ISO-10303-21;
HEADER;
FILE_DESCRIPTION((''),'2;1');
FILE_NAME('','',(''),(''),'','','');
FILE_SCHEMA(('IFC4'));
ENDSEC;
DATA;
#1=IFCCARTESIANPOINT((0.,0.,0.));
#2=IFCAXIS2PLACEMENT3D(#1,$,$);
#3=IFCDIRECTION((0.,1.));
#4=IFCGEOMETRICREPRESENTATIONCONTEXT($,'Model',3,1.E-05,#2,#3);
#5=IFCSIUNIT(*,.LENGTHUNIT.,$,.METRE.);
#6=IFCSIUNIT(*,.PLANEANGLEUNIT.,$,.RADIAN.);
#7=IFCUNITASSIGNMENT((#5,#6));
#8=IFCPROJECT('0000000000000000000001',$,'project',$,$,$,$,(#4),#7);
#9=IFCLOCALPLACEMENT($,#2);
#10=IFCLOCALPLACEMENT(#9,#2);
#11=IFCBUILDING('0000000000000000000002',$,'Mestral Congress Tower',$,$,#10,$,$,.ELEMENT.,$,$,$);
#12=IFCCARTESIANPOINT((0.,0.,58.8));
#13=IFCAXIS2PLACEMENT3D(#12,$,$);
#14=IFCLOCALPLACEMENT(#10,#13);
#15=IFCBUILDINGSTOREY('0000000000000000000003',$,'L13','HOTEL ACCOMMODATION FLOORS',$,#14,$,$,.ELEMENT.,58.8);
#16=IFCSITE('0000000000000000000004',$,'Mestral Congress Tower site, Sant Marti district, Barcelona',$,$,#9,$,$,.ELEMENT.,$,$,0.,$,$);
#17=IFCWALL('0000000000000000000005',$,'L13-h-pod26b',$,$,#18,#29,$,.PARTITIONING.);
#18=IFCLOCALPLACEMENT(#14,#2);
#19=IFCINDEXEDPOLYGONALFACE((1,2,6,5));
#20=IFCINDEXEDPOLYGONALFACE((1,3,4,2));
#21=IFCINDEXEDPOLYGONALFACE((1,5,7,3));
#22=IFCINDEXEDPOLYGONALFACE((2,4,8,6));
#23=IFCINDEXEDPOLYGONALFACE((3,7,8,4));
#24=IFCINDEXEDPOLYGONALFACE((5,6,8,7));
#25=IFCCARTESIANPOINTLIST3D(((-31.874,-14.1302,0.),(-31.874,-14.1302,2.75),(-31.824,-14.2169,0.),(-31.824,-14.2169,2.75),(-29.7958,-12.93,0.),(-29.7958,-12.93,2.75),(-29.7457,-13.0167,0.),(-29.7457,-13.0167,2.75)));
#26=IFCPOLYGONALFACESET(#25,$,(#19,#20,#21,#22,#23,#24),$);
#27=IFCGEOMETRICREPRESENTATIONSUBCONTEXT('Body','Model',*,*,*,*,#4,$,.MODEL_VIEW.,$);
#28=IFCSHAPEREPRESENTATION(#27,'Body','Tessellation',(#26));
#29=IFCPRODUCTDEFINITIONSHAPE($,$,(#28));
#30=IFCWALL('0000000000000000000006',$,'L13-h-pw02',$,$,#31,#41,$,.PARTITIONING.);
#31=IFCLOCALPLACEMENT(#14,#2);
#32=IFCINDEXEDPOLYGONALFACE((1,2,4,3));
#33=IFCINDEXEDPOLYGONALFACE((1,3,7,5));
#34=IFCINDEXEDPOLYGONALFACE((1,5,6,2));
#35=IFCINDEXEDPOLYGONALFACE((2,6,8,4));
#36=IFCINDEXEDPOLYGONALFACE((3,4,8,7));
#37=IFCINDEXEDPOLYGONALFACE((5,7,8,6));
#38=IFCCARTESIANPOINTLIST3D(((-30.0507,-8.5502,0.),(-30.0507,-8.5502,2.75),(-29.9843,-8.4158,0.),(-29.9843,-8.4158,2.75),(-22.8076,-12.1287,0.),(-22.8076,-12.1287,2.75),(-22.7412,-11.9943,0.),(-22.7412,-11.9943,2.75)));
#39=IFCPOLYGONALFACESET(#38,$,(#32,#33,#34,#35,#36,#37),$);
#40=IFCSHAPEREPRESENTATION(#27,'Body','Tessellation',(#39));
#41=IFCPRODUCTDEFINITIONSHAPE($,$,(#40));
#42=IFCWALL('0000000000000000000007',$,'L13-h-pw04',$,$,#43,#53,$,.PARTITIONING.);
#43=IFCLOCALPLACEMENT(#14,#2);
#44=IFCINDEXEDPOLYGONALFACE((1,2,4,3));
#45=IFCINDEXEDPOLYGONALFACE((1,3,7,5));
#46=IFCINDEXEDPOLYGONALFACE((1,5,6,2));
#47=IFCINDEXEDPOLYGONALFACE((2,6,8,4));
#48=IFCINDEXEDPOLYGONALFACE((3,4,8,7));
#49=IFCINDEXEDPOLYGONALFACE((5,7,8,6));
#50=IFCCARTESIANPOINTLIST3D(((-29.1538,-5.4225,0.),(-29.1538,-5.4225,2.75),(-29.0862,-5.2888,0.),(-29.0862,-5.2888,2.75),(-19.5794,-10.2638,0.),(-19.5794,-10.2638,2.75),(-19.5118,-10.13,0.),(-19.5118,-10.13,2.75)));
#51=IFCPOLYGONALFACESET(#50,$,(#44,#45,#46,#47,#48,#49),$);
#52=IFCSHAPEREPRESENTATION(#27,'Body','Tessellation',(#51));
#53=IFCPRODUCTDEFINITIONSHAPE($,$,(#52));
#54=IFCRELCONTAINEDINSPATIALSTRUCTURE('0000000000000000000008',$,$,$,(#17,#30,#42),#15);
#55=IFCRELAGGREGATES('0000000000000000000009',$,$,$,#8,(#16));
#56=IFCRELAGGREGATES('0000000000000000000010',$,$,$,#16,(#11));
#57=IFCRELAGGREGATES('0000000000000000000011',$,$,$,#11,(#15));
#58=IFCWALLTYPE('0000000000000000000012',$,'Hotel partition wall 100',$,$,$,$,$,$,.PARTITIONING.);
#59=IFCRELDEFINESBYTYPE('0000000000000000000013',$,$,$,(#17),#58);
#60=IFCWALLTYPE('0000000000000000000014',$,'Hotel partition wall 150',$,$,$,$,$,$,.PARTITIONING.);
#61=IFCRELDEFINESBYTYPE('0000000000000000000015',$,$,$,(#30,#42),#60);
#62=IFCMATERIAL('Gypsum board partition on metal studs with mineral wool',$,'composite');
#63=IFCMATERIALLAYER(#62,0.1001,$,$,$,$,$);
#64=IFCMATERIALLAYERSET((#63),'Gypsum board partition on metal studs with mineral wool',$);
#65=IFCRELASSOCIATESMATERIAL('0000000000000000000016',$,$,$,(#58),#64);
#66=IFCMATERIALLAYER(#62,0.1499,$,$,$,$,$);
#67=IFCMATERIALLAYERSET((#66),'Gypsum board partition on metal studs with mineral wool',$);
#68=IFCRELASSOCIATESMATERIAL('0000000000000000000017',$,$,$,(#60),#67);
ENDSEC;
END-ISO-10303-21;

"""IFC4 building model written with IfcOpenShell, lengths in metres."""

from ifc_helpers import new_model, si_unit, direction, frame, frame_2d, origin, place, context, subcontext, project, spatial, rectangle, extrude, material, layer, layer_set, type_object, element, save


model = new_model("IFC4")

# Units and contexts
model_context = context("Model", 3, precision=1e-05, world=origin(), true_north=direction((0.0, 1.0)))
body_context = subcontext(model_context, "Body", "Model", "MODEL_VIEW")
ifc_project = project(units=[si_unit("LENGTHUNIT", "METRE"), si_unit("PLANEANGLEUNIT", "RADIAN")], contexts=[model_context])

# Site, building, storey
site_placement = place(None, origin())
site = spatial("IfcSite", under=ifc_project, at=site_placement, Name="Mestral Congress Tower site, Sant Marti district, Barcelona", CompositionType="ELEMENT", RefElevation=0.0)
building_placement = place(site_placement, origin())
building = spatial("IfcBuilding", under=site, at=building_placement, Name="Mestral Congress Tower", CompositionType="ELEMENT")
storey_placement = place(building_placement, frame((0.0, 0.0, 58.8)))
storey = spatial("IfcBuildingStorey", under=building, at=storey_placement, Name="L13", Description="HOTEL ACCOMMODATION FLOORS", CompositionType="ELEMENT", Elevation=58.8)

# Walls
ifc_material_1 = material(Name="Gypsum board partition on metal studs with mineral wool", Category="composite")
ifc_layer_1 = layer(ifc_material_1, 0.1001)
ifc_layer_set_1 = layer_set([ifc_layer_1], Name="Gypsum board partition on metal studs with mineral wool")
wall_type_1 = type_object("IfcWallType", Name="Hotel partition wall 100", PredefinedType="PARTITIONING", material=ifc_layer_set_1)
wall_1_placement = place(storey_placement, frame((-29.7708, -12.9734, 0.0), z_axis=(0.0, 0.0, 1.0), x_axis=(-0.865981, -0.500078, 0.0)))
element("IfcWall", 1, at=wall_1_placement, inside=storey, type_object=wall_type_1, Name="L13-h-pod26b", PredefinedType="PARTITIONING", context=body_context, shape_type="SweptSolid", body=[
    extrude(rectangle(XDim=2.3999, YDim=0.1001, at=frame_2d((1.2, 0.0))), origin(), (0.0, 0.0, 1.0), 2.75),
])
ifc_layer_2 = layer(ifc_material_1, 0.1499)
ifc_layer_set_2 = layer_set([ifc_layer_2], Name="Gypsum board partition on metal studs with mineral wool")
wall_type_2 = type_object("IfcWallType", Name="Hotel partition wall 150", PredefinedType="PARTITIONING", material=ifc_layer_set_2)
wall_2_placement = place(storey_placement, frame((-30.0176, -8.4829, 0.0), z_axis=(0.0, 0.0, 1.0), x_axis=(0.896545, -0.442954, 0.0)))
element("IfcWall", 2, at=wall_2_placement, inside=storey, type_object=wall_type_2, Name="L13-h-pw02", PredefinedType="PARTITIONING", context=body_context, shape_type="SweptSolid", body=[
    extrude(rectangle(XDim=8.0789, YDim=0.1499, at=frame_2d((4.0396, 0.0))), origin(), (0.0, 0.0, 1.0), 2.75),
])
wall_3_placement = place(storey_placement, frame((-29.1199, -5.3557, 0.0), z_axis=(0.0, 0.0, 1.0), x_axis=(0.892402, -0.451241, 0.0)))
element("IfcWall", 3, at=wall_3_placement, inside=storey, type_object=wall_type_2, Name="L13-h-pw04", PredefinedType="PARTITIONING", context=body_context, shape_type="SweptSolid", body=[
    extrude(rectangle(XDim=10.7288, YDim=0.1499, at=frame_2d((5.3643, 0.0))), origin(), (0.0, 0.0, 1.0), 2.75),
])

save(model, "model.ifc")
